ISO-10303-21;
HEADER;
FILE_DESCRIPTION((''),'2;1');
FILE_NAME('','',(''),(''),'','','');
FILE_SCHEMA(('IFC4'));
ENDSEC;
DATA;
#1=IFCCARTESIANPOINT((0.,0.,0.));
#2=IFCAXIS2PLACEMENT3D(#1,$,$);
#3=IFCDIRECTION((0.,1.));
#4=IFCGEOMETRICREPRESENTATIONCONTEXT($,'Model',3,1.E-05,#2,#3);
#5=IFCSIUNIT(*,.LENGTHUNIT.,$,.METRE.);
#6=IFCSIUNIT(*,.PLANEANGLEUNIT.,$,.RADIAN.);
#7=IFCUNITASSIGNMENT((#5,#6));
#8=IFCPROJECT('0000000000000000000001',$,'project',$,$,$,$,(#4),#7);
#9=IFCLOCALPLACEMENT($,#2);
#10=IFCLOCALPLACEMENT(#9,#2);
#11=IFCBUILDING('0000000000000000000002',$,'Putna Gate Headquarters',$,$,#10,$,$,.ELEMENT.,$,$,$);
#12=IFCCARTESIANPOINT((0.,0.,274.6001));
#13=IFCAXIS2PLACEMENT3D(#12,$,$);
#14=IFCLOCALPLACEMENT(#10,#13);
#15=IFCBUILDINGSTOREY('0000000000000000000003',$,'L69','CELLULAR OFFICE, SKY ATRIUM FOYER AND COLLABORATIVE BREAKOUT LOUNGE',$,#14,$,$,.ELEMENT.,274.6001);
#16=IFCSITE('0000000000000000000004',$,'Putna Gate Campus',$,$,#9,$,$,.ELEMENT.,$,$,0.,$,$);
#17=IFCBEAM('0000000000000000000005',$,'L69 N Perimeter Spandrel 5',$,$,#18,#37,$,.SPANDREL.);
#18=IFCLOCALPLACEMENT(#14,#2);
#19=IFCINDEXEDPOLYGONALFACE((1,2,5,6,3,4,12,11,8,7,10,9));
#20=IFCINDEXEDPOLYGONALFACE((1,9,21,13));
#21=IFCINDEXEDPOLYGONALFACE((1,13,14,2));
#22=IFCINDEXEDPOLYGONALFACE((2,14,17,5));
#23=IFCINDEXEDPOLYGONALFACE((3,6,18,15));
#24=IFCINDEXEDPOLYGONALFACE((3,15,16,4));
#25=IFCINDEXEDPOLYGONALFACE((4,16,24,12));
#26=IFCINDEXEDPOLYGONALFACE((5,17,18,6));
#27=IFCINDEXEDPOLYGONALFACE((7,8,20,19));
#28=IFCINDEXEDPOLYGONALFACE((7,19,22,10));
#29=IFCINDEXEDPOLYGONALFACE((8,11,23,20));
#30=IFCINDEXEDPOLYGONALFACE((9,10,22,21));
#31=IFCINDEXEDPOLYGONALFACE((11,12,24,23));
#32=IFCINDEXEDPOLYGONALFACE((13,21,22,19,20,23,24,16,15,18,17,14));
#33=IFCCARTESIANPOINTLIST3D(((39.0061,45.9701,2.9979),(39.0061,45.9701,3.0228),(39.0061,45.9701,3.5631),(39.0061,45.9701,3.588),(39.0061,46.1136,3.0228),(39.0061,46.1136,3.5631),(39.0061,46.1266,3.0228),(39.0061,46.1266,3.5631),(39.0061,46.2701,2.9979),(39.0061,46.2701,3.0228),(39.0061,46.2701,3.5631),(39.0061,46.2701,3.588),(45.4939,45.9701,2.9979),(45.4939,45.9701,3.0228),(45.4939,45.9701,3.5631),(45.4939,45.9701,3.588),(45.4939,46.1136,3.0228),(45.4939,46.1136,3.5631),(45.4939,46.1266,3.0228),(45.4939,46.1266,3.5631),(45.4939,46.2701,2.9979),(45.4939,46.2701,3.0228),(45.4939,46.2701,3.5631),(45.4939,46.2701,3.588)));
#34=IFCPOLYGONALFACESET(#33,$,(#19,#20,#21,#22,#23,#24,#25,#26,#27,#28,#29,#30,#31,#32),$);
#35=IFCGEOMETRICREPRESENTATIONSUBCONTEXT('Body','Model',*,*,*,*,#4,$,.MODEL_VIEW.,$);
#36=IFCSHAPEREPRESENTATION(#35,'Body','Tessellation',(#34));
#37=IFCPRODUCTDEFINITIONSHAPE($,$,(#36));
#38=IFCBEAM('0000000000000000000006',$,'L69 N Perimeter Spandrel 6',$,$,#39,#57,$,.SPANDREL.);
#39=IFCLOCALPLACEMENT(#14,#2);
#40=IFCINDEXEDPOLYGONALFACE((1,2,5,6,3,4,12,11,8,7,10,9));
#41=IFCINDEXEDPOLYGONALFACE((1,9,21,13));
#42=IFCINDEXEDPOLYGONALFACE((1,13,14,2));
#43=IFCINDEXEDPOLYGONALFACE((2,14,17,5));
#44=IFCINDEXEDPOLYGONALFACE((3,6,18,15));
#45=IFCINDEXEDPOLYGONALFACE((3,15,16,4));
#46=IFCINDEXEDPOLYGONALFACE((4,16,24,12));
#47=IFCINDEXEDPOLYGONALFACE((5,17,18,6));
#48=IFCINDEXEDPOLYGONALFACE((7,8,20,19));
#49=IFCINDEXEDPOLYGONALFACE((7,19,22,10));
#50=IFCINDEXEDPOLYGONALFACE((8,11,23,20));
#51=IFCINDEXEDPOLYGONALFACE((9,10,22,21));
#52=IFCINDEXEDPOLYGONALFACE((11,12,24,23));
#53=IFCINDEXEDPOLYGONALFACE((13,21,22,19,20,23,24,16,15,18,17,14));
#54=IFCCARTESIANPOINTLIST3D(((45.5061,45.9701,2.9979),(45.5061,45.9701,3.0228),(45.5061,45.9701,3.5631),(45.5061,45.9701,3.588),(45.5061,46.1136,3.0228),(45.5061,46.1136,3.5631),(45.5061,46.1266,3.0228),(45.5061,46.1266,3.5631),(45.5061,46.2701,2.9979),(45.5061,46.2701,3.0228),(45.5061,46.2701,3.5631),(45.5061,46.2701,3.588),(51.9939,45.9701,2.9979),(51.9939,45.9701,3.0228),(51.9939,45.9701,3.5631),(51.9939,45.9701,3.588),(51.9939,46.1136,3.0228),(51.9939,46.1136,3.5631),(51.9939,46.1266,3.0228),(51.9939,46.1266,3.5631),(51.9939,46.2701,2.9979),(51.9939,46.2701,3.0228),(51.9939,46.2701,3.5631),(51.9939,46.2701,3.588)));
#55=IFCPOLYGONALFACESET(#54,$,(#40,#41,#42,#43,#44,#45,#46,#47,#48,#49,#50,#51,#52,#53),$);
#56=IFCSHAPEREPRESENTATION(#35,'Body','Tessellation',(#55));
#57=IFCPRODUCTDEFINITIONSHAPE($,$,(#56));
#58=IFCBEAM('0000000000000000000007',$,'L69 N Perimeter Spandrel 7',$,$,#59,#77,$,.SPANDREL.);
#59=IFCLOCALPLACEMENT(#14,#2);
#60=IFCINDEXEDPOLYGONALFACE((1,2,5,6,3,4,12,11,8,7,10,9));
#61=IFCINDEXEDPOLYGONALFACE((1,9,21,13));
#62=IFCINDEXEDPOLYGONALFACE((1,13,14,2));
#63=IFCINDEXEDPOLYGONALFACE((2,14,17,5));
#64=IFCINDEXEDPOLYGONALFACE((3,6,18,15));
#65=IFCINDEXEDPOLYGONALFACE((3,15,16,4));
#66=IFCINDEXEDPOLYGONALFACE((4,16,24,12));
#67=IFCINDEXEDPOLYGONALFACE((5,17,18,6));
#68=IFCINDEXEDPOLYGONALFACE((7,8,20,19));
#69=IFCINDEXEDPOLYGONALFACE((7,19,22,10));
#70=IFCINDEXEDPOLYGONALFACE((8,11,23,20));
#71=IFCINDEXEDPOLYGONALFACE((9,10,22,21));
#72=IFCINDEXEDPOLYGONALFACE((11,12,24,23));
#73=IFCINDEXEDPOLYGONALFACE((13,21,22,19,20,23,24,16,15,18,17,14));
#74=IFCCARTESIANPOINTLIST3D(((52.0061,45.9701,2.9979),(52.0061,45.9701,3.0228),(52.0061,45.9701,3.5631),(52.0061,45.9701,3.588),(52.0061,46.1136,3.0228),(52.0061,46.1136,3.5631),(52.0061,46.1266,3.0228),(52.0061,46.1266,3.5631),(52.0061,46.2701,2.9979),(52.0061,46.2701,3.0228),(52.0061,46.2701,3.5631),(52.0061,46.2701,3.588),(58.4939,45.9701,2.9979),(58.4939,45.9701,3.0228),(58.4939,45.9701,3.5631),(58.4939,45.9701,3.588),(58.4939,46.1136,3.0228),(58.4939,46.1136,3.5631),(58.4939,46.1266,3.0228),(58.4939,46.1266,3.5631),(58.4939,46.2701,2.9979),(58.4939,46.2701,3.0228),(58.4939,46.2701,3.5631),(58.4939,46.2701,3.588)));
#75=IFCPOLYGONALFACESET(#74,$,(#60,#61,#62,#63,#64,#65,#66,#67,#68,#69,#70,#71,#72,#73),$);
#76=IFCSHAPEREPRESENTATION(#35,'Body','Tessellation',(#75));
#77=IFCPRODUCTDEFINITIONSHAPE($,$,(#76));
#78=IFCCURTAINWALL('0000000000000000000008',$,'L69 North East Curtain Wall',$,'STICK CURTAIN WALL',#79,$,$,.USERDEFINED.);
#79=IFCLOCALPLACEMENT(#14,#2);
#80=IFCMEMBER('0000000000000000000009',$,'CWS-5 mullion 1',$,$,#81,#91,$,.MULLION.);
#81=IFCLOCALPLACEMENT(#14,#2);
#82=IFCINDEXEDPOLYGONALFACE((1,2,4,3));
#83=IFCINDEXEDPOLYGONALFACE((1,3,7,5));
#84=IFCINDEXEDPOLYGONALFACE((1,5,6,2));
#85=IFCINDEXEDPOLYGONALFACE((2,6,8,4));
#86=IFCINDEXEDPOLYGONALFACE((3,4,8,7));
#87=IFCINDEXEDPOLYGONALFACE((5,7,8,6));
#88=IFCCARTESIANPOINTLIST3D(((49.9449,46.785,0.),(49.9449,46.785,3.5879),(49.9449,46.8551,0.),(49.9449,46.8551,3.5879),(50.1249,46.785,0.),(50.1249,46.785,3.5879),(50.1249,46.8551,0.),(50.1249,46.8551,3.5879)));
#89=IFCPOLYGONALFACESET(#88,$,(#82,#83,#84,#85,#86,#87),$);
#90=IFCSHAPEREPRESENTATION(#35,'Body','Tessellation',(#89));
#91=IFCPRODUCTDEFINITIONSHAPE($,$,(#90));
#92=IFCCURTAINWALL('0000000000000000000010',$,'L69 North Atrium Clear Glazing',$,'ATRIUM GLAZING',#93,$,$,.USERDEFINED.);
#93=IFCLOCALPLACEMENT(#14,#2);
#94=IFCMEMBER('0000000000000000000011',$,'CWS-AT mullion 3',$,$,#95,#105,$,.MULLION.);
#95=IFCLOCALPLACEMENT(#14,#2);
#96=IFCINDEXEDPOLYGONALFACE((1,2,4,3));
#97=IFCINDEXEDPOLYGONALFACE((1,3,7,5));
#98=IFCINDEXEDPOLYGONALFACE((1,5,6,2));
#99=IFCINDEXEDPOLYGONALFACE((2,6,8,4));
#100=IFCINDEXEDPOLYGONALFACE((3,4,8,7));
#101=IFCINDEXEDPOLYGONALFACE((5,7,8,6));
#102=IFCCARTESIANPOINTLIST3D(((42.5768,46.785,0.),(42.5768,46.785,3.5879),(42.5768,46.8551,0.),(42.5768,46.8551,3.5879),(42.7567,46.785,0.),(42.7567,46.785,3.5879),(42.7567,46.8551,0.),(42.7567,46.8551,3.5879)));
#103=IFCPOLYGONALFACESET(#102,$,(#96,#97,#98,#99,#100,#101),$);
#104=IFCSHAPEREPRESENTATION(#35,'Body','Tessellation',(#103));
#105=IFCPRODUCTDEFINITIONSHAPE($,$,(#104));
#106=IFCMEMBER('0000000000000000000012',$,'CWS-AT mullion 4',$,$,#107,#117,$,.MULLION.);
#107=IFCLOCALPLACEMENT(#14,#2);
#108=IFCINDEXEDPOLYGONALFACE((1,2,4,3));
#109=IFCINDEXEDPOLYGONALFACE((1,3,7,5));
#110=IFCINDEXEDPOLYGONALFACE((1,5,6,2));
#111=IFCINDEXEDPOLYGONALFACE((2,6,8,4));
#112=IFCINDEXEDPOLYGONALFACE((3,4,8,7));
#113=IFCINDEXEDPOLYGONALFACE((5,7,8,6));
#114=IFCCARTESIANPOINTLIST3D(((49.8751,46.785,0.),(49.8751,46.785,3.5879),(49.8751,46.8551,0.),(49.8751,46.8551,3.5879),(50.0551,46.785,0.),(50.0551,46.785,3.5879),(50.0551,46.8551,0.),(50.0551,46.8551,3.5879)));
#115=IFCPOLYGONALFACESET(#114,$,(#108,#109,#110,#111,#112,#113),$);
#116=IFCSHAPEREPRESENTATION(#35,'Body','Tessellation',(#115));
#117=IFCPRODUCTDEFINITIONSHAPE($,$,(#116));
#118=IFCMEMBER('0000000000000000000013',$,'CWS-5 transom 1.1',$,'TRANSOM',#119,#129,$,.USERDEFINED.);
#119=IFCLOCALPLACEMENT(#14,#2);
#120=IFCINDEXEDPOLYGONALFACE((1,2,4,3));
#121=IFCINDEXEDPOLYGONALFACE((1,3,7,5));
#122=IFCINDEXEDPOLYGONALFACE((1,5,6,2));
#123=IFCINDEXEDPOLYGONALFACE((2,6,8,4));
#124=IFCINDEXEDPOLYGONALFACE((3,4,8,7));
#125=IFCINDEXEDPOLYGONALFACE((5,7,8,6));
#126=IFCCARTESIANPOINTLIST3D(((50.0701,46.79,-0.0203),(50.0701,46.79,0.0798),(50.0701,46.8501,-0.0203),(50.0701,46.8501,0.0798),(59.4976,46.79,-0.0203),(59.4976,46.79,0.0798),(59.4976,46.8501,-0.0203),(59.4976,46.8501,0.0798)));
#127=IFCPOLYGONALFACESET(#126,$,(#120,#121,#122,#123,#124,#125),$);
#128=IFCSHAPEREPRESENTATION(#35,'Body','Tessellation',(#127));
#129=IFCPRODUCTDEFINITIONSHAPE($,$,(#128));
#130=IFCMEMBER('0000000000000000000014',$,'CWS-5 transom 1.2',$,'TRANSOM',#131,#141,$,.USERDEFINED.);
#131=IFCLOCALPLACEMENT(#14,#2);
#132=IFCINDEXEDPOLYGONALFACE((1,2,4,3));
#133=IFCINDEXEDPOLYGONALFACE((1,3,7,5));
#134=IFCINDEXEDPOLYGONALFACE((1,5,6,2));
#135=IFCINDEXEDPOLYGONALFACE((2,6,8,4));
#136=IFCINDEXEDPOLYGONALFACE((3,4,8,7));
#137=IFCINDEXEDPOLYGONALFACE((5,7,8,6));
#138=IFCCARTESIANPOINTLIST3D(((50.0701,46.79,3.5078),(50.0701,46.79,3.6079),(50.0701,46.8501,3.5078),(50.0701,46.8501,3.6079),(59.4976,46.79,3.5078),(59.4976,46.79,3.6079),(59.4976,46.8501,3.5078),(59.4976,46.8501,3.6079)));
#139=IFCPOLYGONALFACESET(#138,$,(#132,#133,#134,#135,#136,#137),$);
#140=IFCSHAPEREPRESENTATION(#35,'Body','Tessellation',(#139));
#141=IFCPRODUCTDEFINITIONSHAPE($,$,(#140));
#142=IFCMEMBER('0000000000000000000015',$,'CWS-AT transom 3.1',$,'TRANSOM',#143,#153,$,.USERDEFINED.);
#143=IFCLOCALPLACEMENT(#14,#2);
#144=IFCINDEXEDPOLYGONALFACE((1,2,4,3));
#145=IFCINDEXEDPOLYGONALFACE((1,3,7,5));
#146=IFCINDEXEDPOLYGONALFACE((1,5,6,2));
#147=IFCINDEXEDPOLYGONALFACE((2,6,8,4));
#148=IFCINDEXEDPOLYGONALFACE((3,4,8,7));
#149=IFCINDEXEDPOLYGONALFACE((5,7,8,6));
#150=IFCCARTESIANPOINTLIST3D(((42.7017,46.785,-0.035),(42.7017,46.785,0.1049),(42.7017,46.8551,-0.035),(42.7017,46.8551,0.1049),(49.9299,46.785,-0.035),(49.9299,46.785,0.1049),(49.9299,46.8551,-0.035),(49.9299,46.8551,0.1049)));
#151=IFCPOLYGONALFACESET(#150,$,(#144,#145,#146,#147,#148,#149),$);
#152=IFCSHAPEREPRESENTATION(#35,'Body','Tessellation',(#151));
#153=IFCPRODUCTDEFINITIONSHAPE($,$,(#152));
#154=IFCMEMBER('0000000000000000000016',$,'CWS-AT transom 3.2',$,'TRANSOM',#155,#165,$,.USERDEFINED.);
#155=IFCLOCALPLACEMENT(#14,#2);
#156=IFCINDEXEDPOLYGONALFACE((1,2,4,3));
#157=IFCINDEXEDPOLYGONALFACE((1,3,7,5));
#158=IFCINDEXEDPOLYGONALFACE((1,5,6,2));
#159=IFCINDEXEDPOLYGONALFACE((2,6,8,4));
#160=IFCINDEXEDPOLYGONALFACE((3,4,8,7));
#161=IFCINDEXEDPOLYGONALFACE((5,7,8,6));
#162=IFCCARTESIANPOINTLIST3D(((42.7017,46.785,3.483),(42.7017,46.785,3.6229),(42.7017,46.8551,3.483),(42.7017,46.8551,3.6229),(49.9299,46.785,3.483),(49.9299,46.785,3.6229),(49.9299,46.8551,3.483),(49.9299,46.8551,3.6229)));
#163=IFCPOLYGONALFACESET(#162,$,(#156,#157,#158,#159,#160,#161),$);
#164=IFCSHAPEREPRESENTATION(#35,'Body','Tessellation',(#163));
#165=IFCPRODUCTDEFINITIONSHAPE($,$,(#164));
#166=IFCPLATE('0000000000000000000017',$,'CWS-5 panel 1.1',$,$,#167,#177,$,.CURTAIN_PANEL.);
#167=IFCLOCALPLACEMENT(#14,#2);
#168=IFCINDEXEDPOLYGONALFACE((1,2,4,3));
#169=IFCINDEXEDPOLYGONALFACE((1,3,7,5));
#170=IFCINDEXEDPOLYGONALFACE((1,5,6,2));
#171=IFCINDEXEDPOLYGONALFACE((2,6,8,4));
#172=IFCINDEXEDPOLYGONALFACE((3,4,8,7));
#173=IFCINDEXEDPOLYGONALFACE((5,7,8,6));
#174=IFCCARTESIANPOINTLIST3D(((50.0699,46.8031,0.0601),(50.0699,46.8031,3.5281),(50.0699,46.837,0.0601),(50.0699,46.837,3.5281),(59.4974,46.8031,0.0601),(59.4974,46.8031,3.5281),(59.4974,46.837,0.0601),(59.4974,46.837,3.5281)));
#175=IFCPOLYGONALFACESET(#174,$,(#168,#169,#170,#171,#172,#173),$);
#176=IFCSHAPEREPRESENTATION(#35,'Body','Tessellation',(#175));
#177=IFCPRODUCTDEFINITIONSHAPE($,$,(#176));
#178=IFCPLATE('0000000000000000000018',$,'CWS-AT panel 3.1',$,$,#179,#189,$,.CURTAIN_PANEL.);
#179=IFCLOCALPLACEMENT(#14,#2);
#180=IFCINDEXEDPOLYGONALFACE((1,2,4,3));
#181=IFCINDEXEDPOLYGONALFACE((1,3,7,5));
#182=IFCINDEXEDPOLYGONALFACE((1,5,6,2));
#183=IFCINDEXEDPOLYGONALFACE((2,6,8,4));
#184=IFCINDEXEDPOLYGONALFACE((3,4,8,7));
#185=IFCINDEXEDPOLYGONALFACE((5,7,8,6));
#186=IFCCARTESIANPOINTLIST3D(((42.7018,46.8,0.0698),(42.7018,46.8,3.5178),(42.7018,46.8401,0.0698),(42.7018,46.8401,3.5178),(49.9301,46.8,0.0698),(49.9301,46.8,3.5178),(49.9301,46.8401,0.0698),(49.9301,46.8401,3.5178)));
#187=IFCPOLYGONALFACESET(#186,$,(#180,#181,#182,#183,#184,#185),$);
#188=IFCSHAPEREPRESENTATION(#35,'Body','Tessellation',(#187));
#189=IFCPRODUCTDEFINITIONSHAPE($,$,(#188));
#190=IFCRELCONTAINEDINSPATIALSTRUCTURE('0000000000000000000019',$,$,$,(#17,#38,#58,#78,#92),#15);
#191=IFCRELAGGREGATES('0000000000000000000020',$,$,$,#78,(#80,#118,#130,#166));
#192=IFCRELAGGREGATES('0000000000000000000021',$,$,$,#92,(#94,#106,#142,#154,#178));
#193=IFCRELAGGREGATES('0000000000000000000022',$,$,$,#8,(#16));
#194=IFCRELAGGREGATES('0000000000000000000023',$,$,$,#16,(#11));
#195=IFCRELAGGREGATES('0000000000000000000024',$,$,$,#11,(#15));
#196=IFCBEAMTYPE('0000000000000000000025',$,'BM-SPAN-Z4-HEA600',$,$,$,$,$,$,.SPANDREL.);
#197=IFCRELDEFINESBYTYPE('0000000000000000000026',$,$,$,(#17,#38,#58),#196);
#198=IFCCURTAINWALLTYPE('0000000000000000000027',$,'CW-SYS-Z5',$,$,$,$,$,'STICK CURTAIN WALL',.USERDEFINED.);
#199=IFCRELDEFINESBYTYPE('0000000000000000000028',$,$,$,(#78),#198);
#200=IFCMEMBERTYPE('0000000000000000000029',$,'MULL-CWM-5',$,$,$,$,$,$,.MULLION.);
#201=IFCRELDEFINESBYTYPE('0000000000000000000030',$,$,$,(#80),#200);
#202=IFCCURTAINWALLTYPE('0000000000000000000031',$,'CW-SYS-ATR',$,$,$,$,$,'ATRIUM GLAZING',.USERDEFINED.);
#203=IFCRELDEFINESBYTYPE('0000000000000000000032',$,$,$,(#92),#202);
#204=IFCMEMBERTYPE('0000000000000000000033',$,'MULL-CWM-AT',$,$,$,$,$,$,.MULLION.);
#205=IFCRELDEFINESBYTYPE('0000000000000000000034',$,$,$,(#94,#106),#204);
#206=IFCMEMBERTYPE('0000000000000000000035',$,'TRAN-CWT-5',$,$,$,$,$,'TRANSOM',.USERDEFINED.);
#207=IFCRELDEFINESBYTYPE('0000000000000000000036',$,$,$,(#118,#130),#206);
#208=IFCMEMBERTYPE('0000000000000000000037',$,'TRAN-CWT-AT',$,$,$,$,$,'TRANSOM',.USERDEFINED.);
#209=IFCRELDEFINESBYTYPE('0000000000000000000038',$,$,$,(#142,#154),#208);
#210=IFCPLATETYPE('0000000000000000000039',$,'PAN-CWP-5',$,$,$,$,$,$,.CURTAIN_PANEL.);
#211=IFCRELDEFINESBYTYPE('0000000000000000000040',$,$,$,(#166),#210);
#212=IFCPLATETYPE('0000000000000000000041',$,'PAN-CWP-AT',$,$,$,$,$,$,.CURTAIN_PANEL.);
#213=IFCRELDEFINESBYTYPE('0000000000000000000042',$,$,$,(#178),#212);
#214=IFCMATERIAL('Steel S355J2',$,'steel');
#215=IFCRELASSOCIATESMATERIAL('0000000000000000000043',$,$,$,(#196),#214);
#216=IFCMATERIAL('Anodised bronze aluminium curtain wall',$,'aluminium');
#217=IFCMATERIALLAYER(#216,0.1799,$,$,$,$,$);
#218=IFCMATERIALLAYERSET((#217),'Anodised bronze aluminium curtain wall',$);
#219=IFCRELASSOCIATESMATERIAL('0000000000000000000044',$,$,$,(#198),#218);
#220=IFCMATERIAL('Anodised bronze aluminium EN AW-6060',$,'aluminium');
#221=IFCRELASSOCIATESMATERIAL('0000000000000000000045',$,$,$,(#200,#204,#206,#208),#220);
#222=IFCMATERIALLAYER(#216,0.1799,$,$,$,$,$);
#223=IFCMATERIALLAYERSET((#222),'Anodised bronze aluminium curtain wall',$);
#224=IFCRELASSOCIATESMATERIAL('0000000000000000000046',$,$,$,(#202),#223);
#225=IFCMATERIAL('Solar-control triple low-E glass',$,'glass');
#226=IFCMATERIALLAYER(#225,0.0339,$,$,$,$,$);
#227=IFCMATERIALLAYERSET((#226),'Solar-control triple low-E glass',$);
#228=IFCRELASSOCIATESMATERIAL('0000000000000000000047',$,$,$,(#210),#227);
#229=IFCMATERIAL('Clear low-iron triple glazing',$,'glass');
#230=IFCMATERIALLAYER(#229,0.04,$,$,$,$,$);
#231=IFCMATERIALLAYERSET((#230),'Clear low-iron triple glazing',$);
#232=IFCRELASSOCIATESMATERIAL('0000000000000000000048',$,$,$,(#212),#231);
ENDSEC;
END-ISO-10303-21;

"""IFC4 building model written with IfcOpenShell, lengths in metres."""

from ifc_helpers import new_model, si_unit, direction, frame, origin, origin_2d, place, context, subcontext, project, spatial, rectangle, i_section, extrude, material, layer, layer_set, material_profile, profile_set, type_object, element, aggregate, save


model = new_model("IFC4")

# Units and contexts
model_context = context("Model", 3, precision=1e-05, world=origin(), true_north=direction((0.0, 1.0)))
body_context = subcontext(model_context, "Body", "Model", "MODEL_VIEW")
ifc_project = project(units=[si_unit("LENGTHUNIT", "METRE"), si_unit("PLANEANGLEUNIT", "RADIAN")], contexts=[model_context])

# Site, building, storey
site_placement = place(None, origin())
site = spatial("IfcSite", under=ifc_project, at=site_placement, Name="Putna Gate Campus", CompositionType="ELEMENT", RefElevation=0.0)
building_placement = place(site_placement, origin())
building = spatial("IfcBuilding", under=site, at=building_placement, Name="Putna Gate Headquarters", CompositionType="ELEMENT")
storey_placement = place(building_placement, frame((0.0, 0.0, 274.6001)))
storey = spatial("IfcBuildingStorey", under=building, at=storey_placement, Name="L69", Description="CELLULAR OFFICE, SKY ATRIUM FOYER AND COLLABORATIVE BREAKOUT LOUNGE", CompositionType="ELEMENT", Elevation=274.6001)

# Beams
ifc_material_1 = material(Name="Steel S355J2", Category="steel")
ifc_material_profile_1 = material_profile(ifc_material_1, i_section(OverallWidth=0.3, OverallDepth=0.5901, WebThickness=0.0129, FlangeThickness=0.0249, at=origin_2d()), Name="Steel S355J2")
ifc_profile_set_1 = profile_set([ifc_material_profile_1], Name="Steel S355J2")
beam_type_1 = type_object("IfcBeamType", Name="BM-SPAN-Z4-HEA600", PredefinedType="SPANDREL", material=ifc_profile_set_1)
for number, where, z_axis, x_axis, name in (
    (1, (39.0061, 46.1201, 3.293), (1.0, 0.0, 0.0), (0.0, 1.0, 0.0), "L69 N Perimeter Spandrel 5"),
    (2, (45.5061, 46.1201, 3.293), (1.0, 0.0, 0.0), (0.0, 1.0, 0.0), "L69 N Perimeter Spandrel 6"),
    (3, (52.0061, 46.1201, 3.293), (1.0, 0.0, 0.0), (0.0, 1.0, 0.0), "L69 N Perimeter Spandrel 7"),
):
    element("IfcBeam", number, at=place(storey_placement, frame(where, z_axis=z_axis, x_axis=x_axis)), inside=storey, type_object=beam_type_1, Name=name, PredefinedType="SPANDREL", context=body_context, shape_type="SweptSolid", body=[
        extrude(i_section(OverallWidth=0.3, OverallDepth=0.5901, WebThickness=0.0129, FlangeThickness=0.0249, at=origin_2d()), origin(), (0.0, 0.0, 1.0), 6.4878),
    ])

# Curtain wall, member
ifc_material_2 = material(Name="Anodised bronze aluminium curtain wall", Category="aluminium")
ifc_layer_1 = layer(ifc_material_2, 0.1799)
ifc_layer_set_1 = layer_set([ifc_layer_1], Name="Anodised bronze aluminium curtain wall")
curtain_wall_type_1 = type_object("IfcCurtainWallType", Name="CW-SYS-Z5", ElementType="STICK CURTAIN WALL", PredefinedType="USERDEFINED", material=ifc_layer_set_1)
curtain_wall_1_placement = place(storey_placement, origin())
curtain_wall_1 = element("IfcCurtainWall", 4, at=curtain_wall_1_placement, inside=storey, type_object=curtain_wall_type_1, Name="L69 North East Curtain Wall", ObjectType="STICK CURTAIN WALL", PredefinedType="USERDEFINED")
ifc_material_3 = material(Name="Anodised bronze aluminium EN AW-6060", Category="aluminium")
ifc_material_profile_2 = material_profile(ifc_material_3, rectangle(XDim=0.0701, YDim=0.1799, at=origin_2d()), Name="Anodised bronze aluminium EN AW-6060")
ifc_profile_set_2 = profile_set([ifc_material_profile_2], Name="Anodised bronze aluminium EN AW-6060")
member_type_1 = type_object("IfcMemberType", Name="MULL-CWM-5", PredefinedType="MULLION", material=ifc_profile_set_2)
member_1_placement = place(storey_placement, frame((50.0349, 46.8201, 0.0), z_axis=(0.0, 0.0, 1.0), x_axis=(0.0, 1.0, 0.0)))
member_1 = element("IfcMember", 5, at=member_1_placement, type_object=member_type_1, Name="CWS-5 mullion 1", PredefinedType="MULLION", context=body_context, shape_type="SweptSolid", body=[
    extrude(rectangle(XDim=0.0701, YDim=0.1799, at=origin_2d()), origin(), (0.0, 0.0, 1.0), 3.5879),
])

# Curtain wall, members
ifc_layer_2 = layer(ifc_material_2, 0.1799)
ifc_layer_set_2 = layer_set([ifc_layer_2], Name="Anodised bronze aluminium curtain wall")
curtain_wall_type_2 = type_object("IfcCurtainWallType", Name="CW-SYS-ATR", ElementType="ATRIUM GLAZING", PredefinedType="USERDEFINED", material=ifc_layer_set_2)
curtain_wall_2_placement = place(storey_placement, origin())
curtain_wall_2 = element("IfcCurtainWall", 6, at=curtain_wall_2_placement, inside=storey, type_object=curtain_wall_type_2, Name="L69 North Atrium Clear Glazing", ObjectType="ATRIUM GLAZING", PredefinedType="USERDEFINED")
ifc_material_profile_3 = material_profile(ifc_material_3, rectangle(XDim=0.0701, YDim=0.1799, at=origin_2d()), Name="Anodised bronze aluminium EN AW-6060")
ifc_profile_set_3 = profile_set([ifc_material_profile_3], Name="Anodised bronze aluminium EN AW-6060")
member_type_2 = type_object("IfcMemberType", Name="MULL-CWM-AT", PredefinedType="MULLION", material=ifc_profile_set_3)
member_2_placement = place(storey_placement, frame((42.6667, 46.8201, 0.0), z_axis=(0.0, 0.0, 1.0), x_axis=(0.0, 1.0, 0.0)))
member_2 = element("IfcMember", 7, at=member_2_placement, type_object=member_type_2, Name="CWS-AT mullion 3", PredefinedType="MULLION", context=body_context, shape_type="SweptSolid", body=[
    extrude(rectangle(XDim=0.0701, YDim=0.1799, at=origin_2d()), origin(), (0.0, 0.0, 1.0), 3.5879),
])
member_3_placement = place(storey_placement, frame((49.9651, 46.8201, 0.0), z_axis=(0.0, 0.0, 1.0), x_axis=(0.0, 1.0, 0.0)))
member_3 = element("IfcMember", 8, at=member_3_placement, type_object=member_type_2, Name="CWS-AT mullion 4", PredefinedType="MULLION", context=body_context, shape_type="SweptSolid", body=[
    extrude(rectangle(XDim=0.0701, YDim=0.1799, at=origin_2d()), origin(), (0.0, 0.0, 1.0), 3.5879),
])

# Members
ifc_material_profile_4 = material_profile(ifc_material_3, rectangle(XDim=0.0601, YDim=0.1001, at=origin_2d()), Name="Anodised bronze aluminium EN AW-6060")
ifc_profile_set_4 = profile_set([ifc_material_profile_4], Name="Anodised bronze aluminium EN AW-6060")
member_type_3 = type_object("IfcMemberType", Name="TRAN-CWT-5", ElementType="TRANSOM", PredefinedType="USERDEFINED", material=ifc_profile_set_4)
member_4_placement = place(storey_placement, frame((50.0701, 46.8201, 0.0298), z_axis=(1.0, 0.0, 0.0), x_axis=(0.0, 1.0, 0.0)))
member_4 = element("IfcMember", 9, at=member_4_placement, type_object=member_type_3, Name="CWS-5 transom 1.1", ObjectType="TRANSOM", PredefinedType="USERDEFINED", context=body_context, shape_type="SweptSolid", body=[
    extrude(rectangle(XDim=0.0601, YDim=0.1001, at=origin_2d()), origin(), (0.0, 0.0, 1.0), 9.4275),
])
member_5_placement = place(storey_placement, frame((50.0701, 46.8201, 3.5579), z_axis=(1.0, 0.0, 0.0), x_axis=(0.0, 1.0, 0.0)))
member_5 = element("IfcMember", 10, at=member_5_placement, type_object=member_type_3, Name="CWS-5 transom 1.2", ObjectType="TRANSOM", PredefinedType="USERDEFINED", context=body_context, shape_type="SweptSolid", body=[
    extrude(rectangle(XDim=0.0601, YDim=0.1001, at=origin_2d()), origin(), (0.0, 0.0, 1.0), 9.4275),
])
ifc_material_profile_5 = material_profile(ifc_material_3, rectangle(XDim=0.0701, YDim=0.1399, at=origin_2d()), Name="Anodised bronze aluminium EN AW-6060")
ifc_profile_set_5 = profile_set([ifc_material_profile_5], Name="Anodised bronze aluminium EN AW-6060")
member_type_4 = type_object("IfcMemberType", Name="TRAN-CWT-AT", ElementType="TRANSOM", PredefinedType="USERDEFINED", material=ifc_profile_set_5)
member_6_placement = place(storey_placement, frame((42.7017, 46.8201, 0.0349), z_axis=(1.0, 0.0, 0.0), x_axis=(0.0, 1.0, 0.0)))
member_6 = element("IfcMember", 11, at=member_6_placement, type_object=member_type_4, Name="CWS-AT transom 3.1", ObjectType="TRANSOM", PredefinedType="USERDEFINED", context=body_context, shape_type="SweptSolid", body=[
    extrude(rectangle(XDim=0.0701, YDim=0.1399, at=origin_2d()), origin(), (0.0, 0.0, 1.0), 7.2283),
])
member_7_placement = place(storey_placement, frame((42.7017, 46.8201, 3.553), z_axis=(1.0, 0.0, 0.0), x_axis=(0.0, 1.0, 0.0)))
member_7 = element("IfcMember", 12, at=member_7_placement, type_object=member_type_4, Name="CWS-AT transom 3.2", ObjectType="TRANSOM", PredefinedType="USERDEFINED", context=body_context, shape_type="SweptSolid", body=[
    extrude(rectangle(XDim=0.0701, YDim=0.1399, at=origin_2d()), origin(), (0.0, 0.0, 1.0), 7.2283),
])

# Plates
ifc_material_4 = material(Name="Solar-control triple low-E glass", Category="glass")
ifc_layer_3 = layer(ifc_material_4, 0.0339)
ifc_layer_set_3 = layer_set([ifc_layer_3], Name="Solar-control triple low-E glass")
plate_type_1 = type_object("IfcPlateType", Name="PAN-CWP-5", PredefinedType="CURTAIN_PANEL", material=ifc_layer_set_3)
plate_1_placement = place(storey_placement, frame((54.7837, 46.8201, 0.0601), z_axis=(0.0, 0.0, 1.0), x_axis=(1.0, 0.0, 0.0)))
plate_1 = element("IfcPlate", 13, at=plate_1_placement, type_object=plate_type_1, Name="CWS-5 panel 1.1", PredefinedType="CURTAIN_PANEL", context=body_context, shape_type="SweptSolid", body=[
    extrude(rectangle(XDim=9.4275, YDim=0.0339, at=origin_2d()), origin(), (0.0, 0.0, 1.0), 3.468),
])
aggregate(curtain_wall_1, [member_1, member_4, member_5, plate_1])
ifc_material_5 = material(Name="Clear low-iron triple glazing", Category="glass")
ifc_layer_4 = layer(ifc_material_5, 0.04)
ifc_layer_set_4 = layer_set([ifc_layer_4], Name="Clear low-iron triple glazing")
plate_type_2 = type_object("IfcPlateType", Name="PAN-CWP-AT", PredefinedType="CURTAIN_PANEL", material=ifc_layer_set_4)
plate_2_placement = place(storey_placement, frame((46.3159, 46.8201, 0.0698), z_axis=(0.0, 0.0, 1.0), x_axis=(1.0, 0.0, 0.0)))
plate_2 = element("IfcPlate", 14, at=plate_2_placement, type_object=plate_type_2, Name="CWS-AT panel 3.1", PredefinedType="CURTAIN_PANEL", context=body_context, shape_type="SweptSolid", body=[
    extrude(rectangle(XDim=7.2283, YDim=0.04, at=origin_2d()), origin(), (0.0, 0.0, 1.0), 3.448),
])
aggregate(curtain_wall_2, [member_2, member_3, member_6, member_7, plate_2])

save(model, "model.ifc")
